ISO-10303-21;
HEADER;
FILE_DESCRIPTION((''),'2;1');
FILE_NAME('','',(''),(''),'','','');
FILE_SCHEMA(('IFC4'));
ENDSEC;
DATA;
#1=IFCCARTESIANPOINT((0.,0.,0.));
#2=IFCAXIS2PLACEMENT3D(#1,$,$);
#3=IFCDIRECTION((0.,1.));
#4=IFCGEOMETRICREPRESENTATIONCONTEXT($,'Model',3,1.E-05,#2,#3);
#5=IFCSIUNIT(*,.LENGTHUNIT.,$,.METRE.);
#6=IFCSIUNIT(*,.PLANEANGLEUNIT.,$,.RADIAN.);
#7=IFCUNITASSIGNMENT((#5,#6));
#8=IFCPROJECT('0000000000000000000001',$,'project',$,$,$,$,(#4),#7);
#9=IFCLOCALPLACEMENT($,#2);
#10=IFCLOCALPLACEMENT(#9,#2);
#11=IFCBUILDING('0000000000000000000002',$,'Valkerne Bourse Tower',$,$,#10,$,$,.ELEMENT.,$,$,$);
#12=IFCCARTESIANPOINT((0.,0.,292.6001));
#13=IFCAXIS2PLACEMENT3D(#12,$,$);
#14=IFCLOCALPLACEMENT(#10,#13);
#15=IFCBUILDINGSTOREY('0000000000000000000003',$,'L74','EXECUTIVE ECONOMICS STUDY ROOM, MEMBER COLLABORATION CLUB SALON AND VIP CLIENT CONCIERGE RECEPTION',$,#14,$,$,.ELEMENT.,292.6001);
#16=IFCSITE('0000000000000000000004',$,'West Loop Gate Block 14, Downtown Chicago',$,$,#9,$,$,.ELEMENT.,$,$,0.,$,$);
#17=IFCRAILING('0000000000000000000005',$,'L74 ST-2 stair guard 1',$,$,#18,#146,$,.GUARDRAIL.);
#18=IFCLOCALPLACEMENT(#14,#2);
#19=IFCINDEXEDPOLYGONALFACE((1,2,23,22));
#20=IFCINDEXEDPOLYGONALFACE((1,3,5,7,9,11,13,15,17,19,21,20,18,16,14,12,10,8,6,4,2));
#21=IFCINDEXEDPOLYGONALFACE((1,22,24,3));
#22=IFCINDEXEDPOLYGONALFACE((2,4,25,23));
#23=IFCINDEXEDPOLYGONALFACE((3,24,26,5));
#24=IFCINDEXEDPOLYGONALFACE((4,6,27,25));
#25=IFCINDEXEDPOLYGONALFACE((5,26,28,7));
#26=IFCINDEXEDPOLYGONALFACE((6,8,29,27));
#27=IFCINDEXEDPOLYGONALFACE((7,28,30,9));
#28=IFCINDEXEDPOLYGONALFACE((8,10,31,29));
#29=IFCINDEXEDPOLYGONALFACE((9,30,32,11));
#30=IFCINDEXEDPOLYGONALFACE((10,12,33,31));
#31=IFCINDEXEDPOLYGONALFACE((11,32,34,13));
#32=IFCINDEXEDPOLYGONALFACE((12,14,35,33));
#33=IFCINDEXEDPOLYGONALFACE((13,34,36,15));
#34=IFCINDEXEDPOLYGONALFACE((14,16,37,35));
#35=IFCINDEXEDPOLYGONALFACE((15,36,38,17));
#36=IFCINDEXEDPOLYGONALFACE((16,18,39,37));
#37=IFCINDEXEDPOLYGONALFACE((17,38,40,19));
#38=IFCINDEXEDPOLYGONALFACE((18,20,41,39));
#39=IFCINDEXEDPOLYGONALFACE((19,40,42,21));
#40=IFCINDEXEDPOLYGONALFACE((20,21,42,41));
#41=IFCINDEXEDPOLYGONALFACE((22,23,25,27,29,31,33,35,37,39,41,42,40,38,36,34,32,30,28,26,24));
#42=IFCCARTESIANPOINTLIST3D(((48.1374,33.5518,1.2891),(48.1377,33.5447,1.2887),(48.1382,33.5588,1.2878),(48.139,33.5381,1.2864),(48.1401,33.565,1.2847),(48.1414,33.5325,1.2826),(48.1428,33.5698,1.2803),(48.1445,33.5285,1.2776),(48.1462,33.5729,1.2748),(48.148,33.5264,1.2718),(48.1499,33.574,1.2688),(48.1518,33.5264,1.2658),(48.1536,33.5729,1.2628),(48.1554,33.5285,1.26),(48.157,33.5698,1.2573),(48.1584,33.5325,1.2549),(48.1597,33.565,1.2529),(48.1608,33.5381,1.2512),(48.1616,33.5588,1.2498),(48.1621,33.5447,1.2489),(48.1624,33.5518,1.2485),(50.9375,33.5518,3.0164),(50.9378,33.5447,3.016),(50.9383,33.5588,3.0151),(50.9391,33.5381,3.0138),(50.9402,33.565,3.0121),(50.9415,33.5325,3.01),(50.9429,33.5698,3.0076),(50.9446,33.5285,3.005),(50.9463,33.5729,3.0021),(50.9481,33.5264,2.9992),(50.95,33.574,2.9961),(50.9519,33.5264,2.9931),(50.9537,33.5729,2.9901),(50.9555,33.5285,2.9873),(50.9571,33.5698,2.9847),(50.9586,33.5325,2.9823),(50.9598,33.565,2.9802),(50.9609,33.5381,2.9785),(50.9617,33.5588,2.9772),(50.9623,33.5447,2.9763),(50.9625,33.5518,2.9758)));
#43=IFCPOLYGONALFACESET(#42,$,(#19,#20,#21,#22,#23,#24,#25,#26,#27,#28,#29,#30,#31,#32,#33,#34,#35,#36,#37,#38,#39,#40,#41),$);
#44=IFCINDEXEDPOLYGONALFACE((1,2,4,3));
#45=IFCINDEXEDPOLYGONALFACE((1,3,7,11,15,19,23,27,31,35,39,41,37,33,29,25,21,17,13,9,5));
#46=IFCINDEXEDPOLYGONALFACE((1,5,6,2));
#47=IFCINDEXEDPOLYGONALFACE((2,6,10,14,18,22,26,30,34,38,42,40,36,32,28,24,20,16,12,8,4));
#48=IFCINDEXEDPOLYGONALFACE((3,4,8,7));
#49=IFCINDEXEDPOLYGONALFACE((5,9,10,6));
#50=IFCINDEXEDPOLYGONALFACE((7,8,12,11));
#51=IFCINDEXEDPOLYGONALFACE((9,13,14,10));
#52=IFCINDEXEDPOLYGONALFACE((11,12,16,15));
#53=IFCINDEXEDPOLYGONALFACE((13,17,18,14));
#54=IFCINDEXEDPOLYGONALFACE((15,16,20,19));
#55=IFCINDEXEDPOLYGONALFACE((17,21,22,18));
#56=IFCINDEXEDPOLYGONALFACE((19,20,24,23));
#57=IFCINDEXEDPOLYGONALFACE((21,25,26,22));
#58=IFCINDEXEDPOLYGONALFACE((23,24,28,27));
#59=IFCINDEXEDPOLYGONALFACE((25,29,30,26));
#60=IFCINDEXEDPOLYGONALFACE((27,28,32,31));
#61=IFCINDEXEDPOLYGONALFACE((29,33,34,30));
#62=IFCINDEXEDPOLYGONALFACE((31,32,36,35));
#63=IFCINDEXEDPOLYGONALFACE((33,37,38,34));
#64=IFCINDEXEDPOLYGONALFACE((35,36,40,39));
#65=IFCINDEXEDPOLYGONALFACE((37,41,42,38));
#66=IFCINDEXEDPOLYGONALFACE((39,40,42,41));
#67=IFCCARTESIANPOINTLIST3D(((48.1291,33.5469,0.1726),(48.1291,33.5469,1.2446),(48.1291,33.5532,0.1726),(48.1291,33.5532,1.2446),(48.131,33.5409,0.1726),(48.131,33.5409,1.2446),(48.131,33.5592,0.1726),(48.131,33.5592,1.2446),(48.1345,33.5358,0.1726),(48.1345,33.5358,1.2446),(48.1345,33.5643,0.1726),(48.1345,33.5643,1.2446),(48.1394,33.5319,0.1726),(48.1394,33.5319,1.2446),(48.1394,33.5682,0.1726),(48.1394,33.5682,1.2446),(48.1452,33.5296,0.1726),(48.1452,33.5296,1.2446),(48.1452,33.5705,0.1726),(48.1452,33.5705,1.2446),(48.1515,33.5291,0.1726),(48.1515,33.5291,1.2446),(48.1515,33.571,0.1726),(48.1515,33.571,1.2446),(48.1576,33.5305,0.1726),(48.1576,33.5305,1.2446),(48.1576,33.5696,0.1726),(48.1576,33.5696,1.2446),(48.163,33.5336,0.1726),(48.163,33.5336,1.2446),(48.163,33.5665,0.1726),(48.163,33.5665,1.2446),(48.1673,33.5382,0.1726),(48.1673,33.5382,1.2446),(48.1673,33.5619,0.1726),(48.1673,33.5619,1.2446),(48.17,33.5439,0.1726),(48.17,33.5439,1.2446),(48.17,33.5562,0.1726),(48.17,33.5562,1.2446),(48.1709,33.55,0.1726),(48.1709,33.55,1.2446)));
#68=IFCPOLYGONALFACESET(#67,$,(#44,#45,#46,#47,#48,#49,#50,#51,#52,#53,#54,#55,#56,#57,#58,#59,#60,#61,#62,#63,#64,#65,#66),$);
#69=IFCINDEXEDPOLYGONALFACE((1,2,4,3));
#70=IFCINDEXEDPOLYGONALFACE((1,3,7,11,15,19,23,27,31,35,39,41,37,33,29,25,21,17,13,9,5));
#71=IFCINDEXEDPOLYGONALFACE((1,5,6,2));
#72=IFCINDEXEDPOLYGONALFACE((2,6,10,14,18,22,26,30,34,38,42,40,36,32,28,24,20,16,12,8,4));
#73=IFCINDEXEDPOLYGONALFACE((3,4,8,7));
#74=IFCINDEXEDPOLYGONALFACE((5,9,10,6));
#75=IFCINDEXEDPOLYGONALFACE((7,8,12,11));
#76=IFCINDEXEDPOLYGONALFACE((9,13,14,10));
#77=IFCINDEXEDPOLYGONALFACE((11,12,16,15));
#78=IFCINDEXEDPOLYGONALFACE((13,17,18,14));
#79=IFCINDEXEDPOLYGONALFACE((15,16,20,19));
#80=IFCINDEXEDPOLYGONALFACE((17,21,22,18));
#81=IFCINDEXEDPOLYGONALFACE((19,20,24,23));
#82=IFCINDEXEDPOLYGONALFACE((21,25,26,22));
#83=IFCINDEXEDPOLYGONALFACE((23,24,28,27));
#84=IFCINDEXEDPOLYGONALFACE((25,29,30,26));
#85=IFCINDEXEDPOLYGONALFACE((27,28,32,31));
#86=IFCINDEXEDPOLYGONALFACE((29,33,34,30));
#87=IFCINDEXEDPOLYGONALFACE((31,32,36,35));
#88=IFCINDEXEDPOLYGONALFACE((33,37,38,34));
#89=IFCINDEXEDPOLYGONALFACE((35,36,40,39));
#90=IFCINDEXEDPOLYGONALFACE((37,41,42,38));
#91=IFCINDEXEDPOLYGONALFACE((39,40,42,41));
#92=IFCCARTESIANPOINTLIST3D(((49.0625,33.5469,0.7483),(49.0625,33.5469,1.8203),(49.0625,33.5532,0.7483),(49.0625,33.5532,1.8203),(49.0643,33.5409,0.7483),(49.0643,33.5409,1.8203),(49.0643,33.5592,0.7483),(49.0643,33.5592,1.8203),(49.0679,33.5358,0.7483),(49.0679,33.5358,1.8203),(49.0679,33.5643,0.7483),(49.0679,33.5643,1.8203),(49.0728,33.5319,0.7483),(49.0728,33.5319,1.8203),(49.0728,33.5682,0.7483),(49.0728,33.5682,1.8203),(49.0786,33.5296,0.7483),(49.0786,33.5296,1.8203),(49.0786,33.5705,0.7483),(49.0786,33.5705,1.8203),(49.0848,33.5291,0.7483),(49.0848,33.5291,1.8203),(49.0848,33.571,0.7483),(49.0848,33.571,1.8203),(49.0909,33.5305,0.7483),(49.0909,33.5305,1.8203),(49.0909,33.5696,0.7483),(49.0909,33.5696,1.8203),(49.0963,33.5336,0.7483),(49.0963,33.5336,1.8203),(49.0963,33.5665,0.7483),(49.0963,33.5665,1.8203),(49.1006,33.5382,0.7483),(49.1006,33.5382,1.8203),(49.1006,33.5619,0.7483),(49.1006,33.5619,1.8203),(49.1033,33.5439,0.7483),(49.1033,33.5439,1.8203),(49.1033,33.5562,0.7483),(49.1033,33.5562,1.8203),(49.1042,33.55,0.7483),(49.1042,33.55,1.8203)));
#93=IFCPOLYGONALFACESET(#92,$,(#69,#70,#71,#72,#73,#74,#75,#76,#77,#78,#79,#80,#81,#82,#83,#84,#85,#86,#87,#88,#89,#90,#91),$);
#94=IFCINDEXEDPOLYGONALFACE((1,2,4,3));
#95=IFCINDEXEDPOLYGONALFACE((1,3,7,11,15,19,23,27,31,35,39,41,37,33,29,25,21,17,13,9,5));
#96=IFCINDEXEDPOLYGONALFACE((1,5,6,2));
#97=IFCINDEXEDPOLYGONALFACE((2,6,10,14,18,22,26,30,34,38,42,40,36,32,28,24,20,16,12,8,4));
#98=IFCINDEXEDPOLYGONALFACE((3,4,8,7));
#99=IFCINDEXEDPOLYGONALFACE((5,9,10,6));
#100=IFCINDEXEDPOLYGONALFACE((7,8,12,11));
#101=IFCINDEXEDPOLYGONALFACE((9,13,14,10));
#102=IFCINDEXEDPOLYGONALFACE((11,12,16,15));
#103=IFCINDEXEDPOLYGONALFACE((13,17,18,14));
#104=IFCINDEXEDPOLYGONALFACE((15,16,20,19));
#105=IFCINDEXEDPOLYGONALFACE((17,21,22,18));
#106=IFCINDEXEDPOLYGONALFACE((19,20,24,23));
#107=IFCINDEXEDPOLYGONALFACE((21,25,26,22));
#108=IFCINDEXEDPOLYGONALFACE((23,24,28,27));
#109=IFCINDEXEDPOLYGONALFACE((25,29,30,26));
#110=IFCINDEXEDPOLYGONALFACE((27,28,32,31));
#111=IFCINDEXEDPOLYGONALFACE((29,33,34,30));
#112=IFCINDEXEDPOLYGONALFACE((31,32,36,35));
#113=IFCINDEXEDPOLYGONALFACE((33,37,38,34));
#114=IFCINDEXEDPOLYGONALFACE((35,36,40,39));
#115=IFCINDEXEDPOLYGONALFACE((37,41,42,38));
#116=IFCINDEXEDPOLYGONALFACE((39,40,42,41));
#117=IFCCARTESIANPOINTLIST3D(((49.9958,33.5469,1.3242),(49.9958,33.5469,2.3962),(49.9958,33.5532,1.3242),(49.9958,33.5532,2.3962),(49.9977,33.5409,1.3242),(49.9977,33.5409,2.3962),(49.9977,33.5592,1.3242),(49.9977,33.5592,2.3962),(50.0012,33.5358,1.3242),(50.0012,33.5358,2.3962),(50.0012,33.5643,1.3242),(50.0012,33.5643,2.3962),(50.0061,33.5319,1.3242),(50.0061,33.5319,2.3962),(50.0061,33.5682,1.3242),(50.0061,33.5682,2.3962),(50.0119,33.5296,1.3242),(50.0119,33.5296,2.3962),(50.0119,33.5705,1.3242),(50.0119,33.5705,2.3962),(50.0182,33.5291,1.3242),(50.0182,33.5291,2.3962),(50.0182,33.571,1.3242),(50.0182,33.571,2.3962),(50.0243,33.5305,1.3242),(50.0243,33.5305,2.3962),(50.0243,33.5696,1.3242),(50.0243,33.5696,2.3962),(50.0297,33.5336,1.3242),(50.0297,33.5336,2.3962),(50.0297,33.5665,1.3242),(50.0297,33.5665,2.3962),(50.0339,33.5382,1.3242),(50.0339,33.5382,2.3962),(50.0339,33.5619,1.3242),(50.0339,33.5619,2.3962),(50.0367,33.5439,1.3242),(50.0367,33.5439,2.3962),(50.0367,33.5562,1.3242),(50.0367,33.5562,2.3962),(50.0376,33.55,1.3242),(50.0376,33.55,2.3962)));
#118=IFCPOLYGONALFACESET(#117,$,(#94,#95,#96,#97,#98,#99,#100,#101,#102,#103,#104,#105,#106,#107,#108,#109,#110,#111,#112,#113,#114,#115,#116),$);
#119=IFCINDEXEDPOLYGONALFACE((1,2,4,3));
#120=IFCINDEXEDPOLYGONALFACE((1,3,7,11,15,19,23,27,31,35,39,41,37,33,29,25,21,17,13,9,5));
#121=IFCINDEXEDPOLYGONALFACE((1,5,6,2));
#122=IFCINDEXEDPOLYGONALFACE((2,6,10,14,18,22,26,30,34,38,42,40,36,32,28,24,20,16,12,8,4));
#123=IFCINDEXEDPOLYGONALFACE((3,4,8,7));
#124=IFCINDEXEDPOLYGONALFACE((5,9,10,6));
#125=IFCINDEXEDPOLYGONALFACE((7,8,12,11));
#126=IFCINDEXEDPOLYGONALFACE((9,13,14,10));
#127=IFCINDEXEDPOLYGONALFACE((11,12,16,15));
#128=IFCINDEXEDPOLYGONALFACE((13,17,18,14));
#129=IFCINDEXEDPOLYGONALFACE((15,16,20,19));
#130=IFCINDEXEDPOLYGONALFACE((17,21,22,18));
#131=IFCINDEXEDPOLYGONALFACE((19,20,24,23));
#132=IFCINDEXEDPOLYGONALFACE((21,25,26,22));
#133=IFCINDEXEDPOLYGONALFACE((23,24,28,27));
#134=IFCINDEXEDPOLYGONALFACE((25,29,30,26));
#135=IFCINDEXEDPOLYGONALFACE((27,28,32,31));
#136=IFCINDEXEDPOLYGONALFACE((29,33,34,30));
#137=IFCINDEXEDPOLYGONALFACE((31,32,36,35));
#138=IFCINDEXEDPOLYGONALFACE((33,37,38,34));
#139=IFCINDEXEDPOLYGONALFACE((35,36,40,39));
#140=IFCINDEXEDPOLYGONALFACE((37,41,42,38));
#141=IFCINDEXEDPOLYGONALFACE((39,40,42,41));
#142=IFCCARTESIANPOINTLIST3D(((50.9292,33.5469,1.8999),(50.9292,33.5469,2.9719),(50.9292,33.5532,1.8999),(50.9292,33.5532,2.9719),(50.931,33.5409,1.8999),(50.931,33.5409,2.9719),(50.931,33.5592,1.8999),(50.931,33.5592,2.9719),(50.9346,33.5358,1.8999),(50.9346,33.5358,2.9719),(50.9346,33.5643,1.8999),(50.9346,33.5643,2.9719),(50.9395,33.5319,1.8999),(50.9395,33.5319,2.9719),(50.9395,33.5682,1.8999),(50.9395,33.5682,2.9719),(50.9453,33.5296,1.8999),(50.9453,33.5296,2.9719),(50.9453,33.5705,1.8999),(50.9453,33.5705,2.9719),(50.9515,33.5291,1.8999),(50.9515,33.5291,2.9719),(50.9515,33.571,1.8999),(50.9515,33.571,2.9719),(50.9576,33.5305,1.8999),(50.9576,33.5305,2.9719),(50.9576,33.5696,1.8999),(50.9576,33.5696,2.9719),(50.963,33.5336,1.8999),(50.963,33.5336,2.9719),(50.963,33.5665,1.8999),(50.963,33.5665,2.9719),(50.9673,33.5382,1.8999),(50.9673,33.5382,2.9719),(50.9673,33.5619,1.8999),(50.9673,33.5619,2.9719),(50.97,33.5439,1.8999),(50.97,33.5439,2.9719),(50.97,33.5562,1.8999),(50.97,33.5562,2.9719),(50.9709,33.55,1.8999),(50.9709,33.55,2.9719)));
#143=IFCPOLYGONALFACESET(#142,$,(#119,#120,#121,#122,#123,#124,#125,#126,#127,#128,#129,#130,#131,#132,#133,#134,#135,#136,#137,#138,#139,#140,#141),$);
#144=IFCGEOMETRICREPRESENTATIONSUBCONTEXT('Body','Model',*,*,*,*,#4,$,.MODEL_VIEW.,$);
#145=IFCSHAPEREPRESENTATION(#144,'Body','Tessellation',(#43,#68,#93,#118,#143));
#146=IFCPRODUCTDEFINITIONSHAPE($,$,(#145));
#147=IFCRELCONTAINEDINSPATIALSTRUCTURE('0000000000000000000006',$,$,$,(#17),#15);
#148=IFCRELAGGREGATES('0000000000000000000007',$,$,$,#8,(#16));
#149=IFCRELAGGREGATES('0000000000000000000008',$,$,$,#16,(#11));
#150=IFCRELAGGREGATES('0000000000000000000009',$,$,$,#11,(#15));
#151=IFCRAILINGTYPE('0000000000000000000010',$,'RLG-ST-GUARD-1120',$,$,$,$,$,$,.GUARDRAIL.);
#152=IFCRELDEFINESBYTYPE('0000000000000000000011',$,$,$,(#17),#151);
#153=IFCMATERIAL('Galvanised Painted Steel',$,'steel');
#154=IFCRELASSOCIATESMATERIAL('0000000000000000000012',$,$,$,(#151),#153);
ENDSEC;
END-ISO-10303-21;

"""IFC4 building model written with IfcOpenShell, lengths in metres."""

from ifc_helpers import new_model, si_unit, direction, frame, origin, origin_2d, place, context, subcontext, project, spatial, circle, extrude, material, type_object, element, save


model = new_model("IFC4")

# Units and contexts
model_context = context("Model", 3, precision=1e-05, world=origin(), true_north=direction((0.0, 1.0)))
body_context = subcontext(model_context, "Body", "Model", "MODEL_VIEW")
ifc_project = project(units=[si_unit("LENGTHUNIT", "METRE"), si_unit("PLANEANGLEUNIT", "RADIAN")], contexts=[model_context])

# Site, building, storey
site_placement = place(None, origin())
site = spatial("IfcSite", under=ifc_project, at=site_placement, Name="West Loop Gate Block 14, Downtown Chicago", CompositionType="ELEMENT", RefElevation=0.0)
building_placement = place(site_placement, origin())
building = spatial("IfcBuilding", under=site, at=building_placement, Name="Valkerne Bourse Tower", CompositionType="ELEMENT")
storey_placement = place(building_placement, frame((0.0, 0.0, 292.6001)))
storey = spatial("IfcBuildingStorey", under=building, at=storey_placement, Name="L74", Description="EXECUTIVE ECONOMICS STUDY ROOM, MEMBER COLLABORATION CLUB SALON AND VIP CLIENT CONCIERGE RECEPTION", CompositionType="ELEMENT", Elevation=292.6001)

# Shared definitions
ifc_material_1 = material(Name="Galvanised Painted Steel", Category="steel")

# Railing
railing_type_1 = type_object("IfcRailingType", Name="RLG-ST-GUARD-1120", PredefinedType="GUARDRAIL", material=ifc_material_1)
railing_1_placement = place(storey_placement, frame((48.1499, 33.55, 0.1726)))
element("IfcRailing", 1, at=railing_1_placement, inside=storey, type_object=railing_type_1, Name="L74 ST-2 stair guard 1", PredefinedType="GUARDRAIL", context=body_context, shape_type="SweptSolid", body=[
    extrude(circle(Radius=0.0239, at=origin_2d()), frame((0.0, 0.0, 1.0962), z_axis=(0.85109, 0.0, 0.52502), x_axis=(0.0, 1.0, 0.0)), (0.0, 0.0, 1.0), 3.29),
    extrude(circle(Radius=0.021, at=origin_2d()), origin(), (0.0, 0.0, 1.0), 1.072),
    extrude(circle(Radius=0.021, at=origin_2d()), frame((0.9333, 0.0, 0.5757)), (0.0, 0.0, 1.0), 1.072),
    extrude(circle(Radius=0.021, at=origin_2d()), frame((1.8667, 0.0, 1.1516)), (0.0, 0.0, 1.0), 1.072),
    extrude(circle(Radius=0.021, at=origin_2d()), frame((2.8, 0.0, 1.7273)), (0.0, 0.0, 1.0), 1.072),
])

save(model, "model.ifc")
